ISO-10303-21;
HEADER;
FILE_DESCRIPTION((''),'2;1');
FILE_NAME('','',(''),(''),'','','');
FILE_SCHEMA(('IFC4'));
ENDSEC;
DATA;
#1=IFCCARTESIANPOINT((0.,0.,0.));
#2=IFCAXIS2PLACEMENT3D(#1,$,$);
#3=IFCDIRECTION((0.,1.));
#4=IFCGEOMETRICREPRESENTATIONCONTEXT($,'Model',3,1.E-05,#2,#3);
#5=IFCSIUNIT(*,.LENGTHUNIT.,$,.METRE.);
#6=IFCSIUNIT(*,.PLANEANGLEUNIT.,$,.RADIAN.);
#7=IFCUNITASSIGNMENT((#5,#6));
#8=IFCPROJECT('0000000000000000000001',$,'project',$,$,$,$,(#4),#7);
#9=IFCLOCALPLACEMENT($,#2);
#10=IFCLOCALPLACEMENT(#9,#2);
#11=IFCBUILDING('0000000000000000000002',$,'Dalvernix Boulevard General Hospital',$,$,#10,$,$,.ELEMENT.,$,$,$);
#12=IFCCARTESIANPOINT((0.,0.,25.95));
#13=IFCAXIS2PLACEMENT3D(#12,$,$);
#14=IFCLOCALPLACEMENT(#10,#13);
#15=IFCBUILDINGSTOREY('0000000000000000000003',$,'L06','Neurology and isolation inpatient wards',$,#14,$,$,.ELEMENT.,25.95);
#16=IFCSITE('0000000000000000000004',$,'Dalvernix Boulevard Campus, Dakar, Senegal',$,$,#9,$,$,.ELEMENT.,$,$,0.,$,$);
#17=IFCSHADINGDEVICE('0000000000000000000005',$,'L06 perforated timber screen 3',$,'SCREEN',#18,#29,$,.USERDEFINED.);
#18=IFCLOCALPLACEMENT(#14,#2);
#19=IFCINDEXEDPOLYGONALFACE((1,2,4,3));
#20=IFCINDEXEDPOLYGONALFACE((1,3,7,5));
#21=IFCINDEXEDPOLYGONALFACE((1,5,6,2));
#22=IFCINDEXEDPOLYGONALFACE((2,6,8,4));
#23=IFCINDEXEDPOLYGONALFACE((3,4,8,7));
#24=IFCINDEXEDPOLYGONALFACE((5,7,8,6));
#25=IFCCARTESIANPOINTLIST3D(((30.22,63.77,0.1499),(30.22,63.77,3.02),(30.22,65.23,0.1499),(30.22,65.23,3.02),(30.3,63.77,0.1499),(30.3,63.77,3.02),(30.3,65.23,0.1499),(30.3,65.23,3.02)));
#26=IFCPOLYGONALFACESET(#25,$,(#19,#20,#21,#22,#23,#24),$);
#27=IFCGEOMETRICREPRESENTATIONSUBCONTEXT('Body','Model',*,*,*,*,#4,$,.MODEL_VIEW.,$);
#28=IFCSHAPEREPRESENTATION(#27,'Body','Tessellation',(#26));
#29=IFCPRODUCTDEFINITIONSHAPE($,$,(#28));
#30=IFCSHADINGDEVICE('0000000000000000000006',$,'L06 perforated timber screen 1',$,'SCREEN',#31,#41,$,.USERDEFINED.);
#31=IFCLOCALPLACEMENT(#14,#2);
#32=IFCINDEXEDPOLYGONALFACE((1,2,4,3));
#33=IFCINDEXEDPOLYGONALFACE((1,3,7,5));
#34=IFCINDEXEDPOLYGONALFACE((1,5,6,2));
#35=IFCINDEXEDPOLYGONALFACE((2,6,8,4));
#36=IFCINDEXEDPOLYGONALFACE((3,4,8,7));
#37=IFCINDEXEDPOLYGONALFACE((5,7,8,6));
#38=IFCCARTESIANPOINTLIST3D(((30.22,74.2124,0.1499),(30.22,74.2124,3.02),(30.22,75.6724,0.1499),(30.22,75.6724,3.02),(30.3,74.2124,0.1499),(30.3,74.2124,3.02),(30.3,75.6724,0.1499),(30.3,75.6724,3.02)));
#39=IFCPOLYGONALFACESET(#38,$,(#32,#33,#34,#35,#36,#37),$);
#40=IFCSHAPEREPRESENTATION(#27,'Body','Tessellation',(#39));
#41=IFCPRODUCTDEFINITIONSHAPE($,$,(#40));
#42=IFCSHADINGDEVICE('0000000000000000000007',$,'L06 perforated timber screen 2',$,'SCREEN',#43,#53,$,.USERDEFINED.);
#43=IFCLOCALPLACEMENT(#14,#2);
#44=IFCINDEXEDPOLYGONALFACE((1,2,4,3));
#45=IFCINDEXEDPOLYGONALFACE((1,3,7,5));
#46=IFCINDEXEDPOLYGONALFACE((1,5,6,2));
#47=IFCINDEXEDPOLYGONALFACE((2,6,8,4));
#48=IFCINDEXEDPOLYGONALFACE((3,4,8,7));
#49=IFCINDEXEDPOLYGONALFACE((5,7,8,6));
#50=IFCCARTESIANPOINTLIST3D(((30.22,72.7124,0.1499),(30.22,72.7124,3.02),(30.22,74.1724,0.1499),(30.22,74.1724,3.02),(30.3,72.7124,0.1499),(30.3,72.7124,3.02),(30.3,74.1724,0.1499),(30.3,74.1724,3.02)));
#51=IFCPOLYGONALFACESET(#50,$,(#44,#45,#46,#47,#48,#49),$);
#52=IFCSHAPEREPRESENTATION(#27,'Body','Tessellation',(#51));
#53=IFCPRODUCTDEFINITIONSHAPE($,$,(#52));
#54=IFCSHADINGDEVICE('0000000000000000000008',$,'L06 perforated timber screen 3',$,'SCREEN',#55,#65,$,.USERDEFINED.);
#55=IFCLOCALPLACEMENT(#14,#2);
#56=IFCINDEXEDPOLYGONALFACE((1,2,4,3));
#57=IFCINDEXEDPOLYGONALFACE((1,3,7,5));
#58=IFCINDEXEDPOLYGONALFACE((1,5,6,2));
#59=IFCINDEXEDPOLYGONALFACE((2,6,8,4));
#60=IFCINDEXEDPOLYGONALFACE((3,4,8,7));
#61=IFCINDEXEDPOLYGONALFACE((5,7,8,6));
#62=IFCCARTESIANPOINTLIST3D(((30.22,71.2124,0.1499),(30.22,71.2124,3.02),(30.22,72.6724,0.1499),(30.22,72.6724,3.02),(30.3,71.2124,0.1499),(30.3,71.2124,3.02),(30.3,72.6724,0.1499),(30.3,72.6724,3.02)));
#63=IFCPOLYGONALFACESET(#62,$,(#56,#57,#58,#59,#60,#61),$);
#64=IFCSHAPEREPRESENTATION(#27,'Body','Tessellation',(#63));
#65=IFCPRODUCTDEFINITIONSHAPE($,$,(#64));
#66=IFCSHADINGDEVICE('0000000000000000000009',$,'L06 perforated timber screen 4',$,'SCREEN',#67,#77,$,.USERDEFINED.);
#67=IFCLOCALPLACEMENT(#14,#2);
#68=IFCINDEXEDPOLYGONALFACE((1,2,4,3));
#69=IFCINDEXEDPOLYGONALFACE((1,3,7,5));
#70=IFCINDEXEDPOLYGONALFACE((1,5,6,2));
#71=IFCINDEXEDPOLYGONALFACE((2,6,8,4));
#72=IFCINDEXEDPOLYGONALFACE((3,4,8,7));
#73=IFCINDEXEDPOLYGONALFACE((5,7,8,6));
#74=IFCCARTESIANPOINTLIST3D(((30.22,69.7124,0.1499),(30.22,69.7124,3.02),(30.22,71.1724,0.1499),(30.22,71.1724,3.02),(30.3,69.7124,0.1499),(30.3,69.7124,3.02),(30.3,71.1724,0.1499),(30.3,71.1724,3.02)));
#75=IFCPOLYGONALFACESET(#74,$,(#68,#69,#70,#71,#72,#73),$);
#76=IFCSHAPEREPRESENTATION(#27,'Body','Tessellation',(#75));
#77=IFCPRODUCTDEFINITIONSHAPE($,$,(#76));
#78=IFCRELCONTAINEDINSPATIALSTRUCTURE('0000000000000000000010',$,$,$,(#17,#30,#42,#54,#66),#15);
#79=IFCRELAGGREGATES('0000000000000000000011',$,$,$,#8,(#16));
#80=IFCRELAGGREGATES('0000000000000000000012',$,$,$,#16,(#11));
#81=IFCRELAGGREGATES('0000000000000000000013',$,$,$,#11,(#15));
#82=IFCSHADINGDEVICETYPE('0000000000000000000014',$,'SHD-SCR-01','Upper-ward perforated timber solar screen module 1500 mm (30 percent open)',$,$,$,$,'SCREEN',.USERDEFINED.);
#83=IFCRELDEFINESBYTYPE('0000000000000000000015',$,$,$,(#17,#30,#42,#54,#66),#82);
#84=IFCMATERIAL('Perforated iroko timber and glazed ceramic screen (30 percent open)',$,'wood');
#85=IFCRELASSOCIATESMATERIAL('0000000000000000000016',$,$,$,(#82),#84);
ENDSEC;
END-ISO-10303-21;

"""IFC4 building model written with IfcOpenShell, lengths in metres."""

from ifc_helpers import new_model, si_unit, direction, frame, origin, origin_2d, place, context, subcontext, project, spatial, rectangle, extrude, material, type_object, element, save


model = new_model("IFC4")

# Units and contexts
model_context = context("Model", 3, precision=1e-05, world=origin(), true_north=direction((0.0, 1.0)))
body_context = subcontext(model_context, "Body", "Model", "MODEL_VIEW")
ifc_project = project(units=[si_unit("LENGTHUNIT", "METRE"), si_unit("PLANEANGLEUNIT", "RADIAN")], contexts=[model_context])

# Site, building, storey
site_placement = place(None, origin())
site = spatial("IfcSite", under=ifc_project, at=site_placement, Name="Dalvernix Boulevard Campus, Dakar, Senegal", CompositionType="ELEMENT", RefElevation=0.0)
building_placement = place(site_placement, origin())
building = spatial("IfcBuilding", under=site, at=building_placement, Name="Dalvernix Boulevard General Hospital", CompositionType="ELEMENT")
storey_placement = place(building_placement, frame((0.0, 0.0, 25.95)))
storey = spatial("IfcBuildingStorey", under=building, at=storey_placement, Name="L06", Description="Neurology and isolation inpatient wards", CompositionType="ELEMENT", Elevation=25.95)

# Shading devices
ifc_material_1 = material(Name="Perforated iroko timber and glazed ceramic screen (30 percent open)", Category="wood")
shading_device_type = type_object("IfcShadingDeviceType", Name="SHD-SCR-01", Description="Upper-ward perforated timber solar screen module 1500 mm (30 percent open)", ElementType="SCREEN", PredefinedType="USERDEFINED", material=ifc_material_1)
for number, where, z_axis, x_axis, name in (
    (1, (30.26, 64.5, 0.1499), (0.0, 0.0, 1.0), (0.0, -1.0, 0.0), "L06 perforated timber screen 3"),
    (2, (30.26, 74.9424, 0.1499), (0.0, 0.0, 1.0), (0.0, -1.0, 0.0), "L06 perforated timber screen 1"),
    (3, (30.26, 73.4424, 0.1499), (0.0, 0.0, 1.0), (0.0, -1.0, 0.0), "L06 perforated timber screen 2"),
    (4, (30.26, 71.9424, 0.1499), (0.0, 0.0, 1.0), (0.0, -1.0, 0.0), "L06 perforated timber screen 3"),
    (5, (30.26, 70.4424, 0.1499), (0.0, 0.0, 1.0), (0.0, -1.0, 0.0), "L06 perforated timber screen 4"),
):
    element("IfcShadingDevice", number, at=place(storey_placement, frame(where, z_axis=z_axis, x_axis=x_axis)), inside=storey, type_object=shading_device_type, Name=name, ObjectType="SCREEN", PredefinedType="USERDEFINED", context=body_context, shape_type="SweptSolid", body=[
        extrude(rectangle(XDim=1.46, YDim=0.0801, at=origin_2d()), origin(), (0.0, 0.0, 1.0), 2.8701),
    ])

save(model, "model.ifc")
